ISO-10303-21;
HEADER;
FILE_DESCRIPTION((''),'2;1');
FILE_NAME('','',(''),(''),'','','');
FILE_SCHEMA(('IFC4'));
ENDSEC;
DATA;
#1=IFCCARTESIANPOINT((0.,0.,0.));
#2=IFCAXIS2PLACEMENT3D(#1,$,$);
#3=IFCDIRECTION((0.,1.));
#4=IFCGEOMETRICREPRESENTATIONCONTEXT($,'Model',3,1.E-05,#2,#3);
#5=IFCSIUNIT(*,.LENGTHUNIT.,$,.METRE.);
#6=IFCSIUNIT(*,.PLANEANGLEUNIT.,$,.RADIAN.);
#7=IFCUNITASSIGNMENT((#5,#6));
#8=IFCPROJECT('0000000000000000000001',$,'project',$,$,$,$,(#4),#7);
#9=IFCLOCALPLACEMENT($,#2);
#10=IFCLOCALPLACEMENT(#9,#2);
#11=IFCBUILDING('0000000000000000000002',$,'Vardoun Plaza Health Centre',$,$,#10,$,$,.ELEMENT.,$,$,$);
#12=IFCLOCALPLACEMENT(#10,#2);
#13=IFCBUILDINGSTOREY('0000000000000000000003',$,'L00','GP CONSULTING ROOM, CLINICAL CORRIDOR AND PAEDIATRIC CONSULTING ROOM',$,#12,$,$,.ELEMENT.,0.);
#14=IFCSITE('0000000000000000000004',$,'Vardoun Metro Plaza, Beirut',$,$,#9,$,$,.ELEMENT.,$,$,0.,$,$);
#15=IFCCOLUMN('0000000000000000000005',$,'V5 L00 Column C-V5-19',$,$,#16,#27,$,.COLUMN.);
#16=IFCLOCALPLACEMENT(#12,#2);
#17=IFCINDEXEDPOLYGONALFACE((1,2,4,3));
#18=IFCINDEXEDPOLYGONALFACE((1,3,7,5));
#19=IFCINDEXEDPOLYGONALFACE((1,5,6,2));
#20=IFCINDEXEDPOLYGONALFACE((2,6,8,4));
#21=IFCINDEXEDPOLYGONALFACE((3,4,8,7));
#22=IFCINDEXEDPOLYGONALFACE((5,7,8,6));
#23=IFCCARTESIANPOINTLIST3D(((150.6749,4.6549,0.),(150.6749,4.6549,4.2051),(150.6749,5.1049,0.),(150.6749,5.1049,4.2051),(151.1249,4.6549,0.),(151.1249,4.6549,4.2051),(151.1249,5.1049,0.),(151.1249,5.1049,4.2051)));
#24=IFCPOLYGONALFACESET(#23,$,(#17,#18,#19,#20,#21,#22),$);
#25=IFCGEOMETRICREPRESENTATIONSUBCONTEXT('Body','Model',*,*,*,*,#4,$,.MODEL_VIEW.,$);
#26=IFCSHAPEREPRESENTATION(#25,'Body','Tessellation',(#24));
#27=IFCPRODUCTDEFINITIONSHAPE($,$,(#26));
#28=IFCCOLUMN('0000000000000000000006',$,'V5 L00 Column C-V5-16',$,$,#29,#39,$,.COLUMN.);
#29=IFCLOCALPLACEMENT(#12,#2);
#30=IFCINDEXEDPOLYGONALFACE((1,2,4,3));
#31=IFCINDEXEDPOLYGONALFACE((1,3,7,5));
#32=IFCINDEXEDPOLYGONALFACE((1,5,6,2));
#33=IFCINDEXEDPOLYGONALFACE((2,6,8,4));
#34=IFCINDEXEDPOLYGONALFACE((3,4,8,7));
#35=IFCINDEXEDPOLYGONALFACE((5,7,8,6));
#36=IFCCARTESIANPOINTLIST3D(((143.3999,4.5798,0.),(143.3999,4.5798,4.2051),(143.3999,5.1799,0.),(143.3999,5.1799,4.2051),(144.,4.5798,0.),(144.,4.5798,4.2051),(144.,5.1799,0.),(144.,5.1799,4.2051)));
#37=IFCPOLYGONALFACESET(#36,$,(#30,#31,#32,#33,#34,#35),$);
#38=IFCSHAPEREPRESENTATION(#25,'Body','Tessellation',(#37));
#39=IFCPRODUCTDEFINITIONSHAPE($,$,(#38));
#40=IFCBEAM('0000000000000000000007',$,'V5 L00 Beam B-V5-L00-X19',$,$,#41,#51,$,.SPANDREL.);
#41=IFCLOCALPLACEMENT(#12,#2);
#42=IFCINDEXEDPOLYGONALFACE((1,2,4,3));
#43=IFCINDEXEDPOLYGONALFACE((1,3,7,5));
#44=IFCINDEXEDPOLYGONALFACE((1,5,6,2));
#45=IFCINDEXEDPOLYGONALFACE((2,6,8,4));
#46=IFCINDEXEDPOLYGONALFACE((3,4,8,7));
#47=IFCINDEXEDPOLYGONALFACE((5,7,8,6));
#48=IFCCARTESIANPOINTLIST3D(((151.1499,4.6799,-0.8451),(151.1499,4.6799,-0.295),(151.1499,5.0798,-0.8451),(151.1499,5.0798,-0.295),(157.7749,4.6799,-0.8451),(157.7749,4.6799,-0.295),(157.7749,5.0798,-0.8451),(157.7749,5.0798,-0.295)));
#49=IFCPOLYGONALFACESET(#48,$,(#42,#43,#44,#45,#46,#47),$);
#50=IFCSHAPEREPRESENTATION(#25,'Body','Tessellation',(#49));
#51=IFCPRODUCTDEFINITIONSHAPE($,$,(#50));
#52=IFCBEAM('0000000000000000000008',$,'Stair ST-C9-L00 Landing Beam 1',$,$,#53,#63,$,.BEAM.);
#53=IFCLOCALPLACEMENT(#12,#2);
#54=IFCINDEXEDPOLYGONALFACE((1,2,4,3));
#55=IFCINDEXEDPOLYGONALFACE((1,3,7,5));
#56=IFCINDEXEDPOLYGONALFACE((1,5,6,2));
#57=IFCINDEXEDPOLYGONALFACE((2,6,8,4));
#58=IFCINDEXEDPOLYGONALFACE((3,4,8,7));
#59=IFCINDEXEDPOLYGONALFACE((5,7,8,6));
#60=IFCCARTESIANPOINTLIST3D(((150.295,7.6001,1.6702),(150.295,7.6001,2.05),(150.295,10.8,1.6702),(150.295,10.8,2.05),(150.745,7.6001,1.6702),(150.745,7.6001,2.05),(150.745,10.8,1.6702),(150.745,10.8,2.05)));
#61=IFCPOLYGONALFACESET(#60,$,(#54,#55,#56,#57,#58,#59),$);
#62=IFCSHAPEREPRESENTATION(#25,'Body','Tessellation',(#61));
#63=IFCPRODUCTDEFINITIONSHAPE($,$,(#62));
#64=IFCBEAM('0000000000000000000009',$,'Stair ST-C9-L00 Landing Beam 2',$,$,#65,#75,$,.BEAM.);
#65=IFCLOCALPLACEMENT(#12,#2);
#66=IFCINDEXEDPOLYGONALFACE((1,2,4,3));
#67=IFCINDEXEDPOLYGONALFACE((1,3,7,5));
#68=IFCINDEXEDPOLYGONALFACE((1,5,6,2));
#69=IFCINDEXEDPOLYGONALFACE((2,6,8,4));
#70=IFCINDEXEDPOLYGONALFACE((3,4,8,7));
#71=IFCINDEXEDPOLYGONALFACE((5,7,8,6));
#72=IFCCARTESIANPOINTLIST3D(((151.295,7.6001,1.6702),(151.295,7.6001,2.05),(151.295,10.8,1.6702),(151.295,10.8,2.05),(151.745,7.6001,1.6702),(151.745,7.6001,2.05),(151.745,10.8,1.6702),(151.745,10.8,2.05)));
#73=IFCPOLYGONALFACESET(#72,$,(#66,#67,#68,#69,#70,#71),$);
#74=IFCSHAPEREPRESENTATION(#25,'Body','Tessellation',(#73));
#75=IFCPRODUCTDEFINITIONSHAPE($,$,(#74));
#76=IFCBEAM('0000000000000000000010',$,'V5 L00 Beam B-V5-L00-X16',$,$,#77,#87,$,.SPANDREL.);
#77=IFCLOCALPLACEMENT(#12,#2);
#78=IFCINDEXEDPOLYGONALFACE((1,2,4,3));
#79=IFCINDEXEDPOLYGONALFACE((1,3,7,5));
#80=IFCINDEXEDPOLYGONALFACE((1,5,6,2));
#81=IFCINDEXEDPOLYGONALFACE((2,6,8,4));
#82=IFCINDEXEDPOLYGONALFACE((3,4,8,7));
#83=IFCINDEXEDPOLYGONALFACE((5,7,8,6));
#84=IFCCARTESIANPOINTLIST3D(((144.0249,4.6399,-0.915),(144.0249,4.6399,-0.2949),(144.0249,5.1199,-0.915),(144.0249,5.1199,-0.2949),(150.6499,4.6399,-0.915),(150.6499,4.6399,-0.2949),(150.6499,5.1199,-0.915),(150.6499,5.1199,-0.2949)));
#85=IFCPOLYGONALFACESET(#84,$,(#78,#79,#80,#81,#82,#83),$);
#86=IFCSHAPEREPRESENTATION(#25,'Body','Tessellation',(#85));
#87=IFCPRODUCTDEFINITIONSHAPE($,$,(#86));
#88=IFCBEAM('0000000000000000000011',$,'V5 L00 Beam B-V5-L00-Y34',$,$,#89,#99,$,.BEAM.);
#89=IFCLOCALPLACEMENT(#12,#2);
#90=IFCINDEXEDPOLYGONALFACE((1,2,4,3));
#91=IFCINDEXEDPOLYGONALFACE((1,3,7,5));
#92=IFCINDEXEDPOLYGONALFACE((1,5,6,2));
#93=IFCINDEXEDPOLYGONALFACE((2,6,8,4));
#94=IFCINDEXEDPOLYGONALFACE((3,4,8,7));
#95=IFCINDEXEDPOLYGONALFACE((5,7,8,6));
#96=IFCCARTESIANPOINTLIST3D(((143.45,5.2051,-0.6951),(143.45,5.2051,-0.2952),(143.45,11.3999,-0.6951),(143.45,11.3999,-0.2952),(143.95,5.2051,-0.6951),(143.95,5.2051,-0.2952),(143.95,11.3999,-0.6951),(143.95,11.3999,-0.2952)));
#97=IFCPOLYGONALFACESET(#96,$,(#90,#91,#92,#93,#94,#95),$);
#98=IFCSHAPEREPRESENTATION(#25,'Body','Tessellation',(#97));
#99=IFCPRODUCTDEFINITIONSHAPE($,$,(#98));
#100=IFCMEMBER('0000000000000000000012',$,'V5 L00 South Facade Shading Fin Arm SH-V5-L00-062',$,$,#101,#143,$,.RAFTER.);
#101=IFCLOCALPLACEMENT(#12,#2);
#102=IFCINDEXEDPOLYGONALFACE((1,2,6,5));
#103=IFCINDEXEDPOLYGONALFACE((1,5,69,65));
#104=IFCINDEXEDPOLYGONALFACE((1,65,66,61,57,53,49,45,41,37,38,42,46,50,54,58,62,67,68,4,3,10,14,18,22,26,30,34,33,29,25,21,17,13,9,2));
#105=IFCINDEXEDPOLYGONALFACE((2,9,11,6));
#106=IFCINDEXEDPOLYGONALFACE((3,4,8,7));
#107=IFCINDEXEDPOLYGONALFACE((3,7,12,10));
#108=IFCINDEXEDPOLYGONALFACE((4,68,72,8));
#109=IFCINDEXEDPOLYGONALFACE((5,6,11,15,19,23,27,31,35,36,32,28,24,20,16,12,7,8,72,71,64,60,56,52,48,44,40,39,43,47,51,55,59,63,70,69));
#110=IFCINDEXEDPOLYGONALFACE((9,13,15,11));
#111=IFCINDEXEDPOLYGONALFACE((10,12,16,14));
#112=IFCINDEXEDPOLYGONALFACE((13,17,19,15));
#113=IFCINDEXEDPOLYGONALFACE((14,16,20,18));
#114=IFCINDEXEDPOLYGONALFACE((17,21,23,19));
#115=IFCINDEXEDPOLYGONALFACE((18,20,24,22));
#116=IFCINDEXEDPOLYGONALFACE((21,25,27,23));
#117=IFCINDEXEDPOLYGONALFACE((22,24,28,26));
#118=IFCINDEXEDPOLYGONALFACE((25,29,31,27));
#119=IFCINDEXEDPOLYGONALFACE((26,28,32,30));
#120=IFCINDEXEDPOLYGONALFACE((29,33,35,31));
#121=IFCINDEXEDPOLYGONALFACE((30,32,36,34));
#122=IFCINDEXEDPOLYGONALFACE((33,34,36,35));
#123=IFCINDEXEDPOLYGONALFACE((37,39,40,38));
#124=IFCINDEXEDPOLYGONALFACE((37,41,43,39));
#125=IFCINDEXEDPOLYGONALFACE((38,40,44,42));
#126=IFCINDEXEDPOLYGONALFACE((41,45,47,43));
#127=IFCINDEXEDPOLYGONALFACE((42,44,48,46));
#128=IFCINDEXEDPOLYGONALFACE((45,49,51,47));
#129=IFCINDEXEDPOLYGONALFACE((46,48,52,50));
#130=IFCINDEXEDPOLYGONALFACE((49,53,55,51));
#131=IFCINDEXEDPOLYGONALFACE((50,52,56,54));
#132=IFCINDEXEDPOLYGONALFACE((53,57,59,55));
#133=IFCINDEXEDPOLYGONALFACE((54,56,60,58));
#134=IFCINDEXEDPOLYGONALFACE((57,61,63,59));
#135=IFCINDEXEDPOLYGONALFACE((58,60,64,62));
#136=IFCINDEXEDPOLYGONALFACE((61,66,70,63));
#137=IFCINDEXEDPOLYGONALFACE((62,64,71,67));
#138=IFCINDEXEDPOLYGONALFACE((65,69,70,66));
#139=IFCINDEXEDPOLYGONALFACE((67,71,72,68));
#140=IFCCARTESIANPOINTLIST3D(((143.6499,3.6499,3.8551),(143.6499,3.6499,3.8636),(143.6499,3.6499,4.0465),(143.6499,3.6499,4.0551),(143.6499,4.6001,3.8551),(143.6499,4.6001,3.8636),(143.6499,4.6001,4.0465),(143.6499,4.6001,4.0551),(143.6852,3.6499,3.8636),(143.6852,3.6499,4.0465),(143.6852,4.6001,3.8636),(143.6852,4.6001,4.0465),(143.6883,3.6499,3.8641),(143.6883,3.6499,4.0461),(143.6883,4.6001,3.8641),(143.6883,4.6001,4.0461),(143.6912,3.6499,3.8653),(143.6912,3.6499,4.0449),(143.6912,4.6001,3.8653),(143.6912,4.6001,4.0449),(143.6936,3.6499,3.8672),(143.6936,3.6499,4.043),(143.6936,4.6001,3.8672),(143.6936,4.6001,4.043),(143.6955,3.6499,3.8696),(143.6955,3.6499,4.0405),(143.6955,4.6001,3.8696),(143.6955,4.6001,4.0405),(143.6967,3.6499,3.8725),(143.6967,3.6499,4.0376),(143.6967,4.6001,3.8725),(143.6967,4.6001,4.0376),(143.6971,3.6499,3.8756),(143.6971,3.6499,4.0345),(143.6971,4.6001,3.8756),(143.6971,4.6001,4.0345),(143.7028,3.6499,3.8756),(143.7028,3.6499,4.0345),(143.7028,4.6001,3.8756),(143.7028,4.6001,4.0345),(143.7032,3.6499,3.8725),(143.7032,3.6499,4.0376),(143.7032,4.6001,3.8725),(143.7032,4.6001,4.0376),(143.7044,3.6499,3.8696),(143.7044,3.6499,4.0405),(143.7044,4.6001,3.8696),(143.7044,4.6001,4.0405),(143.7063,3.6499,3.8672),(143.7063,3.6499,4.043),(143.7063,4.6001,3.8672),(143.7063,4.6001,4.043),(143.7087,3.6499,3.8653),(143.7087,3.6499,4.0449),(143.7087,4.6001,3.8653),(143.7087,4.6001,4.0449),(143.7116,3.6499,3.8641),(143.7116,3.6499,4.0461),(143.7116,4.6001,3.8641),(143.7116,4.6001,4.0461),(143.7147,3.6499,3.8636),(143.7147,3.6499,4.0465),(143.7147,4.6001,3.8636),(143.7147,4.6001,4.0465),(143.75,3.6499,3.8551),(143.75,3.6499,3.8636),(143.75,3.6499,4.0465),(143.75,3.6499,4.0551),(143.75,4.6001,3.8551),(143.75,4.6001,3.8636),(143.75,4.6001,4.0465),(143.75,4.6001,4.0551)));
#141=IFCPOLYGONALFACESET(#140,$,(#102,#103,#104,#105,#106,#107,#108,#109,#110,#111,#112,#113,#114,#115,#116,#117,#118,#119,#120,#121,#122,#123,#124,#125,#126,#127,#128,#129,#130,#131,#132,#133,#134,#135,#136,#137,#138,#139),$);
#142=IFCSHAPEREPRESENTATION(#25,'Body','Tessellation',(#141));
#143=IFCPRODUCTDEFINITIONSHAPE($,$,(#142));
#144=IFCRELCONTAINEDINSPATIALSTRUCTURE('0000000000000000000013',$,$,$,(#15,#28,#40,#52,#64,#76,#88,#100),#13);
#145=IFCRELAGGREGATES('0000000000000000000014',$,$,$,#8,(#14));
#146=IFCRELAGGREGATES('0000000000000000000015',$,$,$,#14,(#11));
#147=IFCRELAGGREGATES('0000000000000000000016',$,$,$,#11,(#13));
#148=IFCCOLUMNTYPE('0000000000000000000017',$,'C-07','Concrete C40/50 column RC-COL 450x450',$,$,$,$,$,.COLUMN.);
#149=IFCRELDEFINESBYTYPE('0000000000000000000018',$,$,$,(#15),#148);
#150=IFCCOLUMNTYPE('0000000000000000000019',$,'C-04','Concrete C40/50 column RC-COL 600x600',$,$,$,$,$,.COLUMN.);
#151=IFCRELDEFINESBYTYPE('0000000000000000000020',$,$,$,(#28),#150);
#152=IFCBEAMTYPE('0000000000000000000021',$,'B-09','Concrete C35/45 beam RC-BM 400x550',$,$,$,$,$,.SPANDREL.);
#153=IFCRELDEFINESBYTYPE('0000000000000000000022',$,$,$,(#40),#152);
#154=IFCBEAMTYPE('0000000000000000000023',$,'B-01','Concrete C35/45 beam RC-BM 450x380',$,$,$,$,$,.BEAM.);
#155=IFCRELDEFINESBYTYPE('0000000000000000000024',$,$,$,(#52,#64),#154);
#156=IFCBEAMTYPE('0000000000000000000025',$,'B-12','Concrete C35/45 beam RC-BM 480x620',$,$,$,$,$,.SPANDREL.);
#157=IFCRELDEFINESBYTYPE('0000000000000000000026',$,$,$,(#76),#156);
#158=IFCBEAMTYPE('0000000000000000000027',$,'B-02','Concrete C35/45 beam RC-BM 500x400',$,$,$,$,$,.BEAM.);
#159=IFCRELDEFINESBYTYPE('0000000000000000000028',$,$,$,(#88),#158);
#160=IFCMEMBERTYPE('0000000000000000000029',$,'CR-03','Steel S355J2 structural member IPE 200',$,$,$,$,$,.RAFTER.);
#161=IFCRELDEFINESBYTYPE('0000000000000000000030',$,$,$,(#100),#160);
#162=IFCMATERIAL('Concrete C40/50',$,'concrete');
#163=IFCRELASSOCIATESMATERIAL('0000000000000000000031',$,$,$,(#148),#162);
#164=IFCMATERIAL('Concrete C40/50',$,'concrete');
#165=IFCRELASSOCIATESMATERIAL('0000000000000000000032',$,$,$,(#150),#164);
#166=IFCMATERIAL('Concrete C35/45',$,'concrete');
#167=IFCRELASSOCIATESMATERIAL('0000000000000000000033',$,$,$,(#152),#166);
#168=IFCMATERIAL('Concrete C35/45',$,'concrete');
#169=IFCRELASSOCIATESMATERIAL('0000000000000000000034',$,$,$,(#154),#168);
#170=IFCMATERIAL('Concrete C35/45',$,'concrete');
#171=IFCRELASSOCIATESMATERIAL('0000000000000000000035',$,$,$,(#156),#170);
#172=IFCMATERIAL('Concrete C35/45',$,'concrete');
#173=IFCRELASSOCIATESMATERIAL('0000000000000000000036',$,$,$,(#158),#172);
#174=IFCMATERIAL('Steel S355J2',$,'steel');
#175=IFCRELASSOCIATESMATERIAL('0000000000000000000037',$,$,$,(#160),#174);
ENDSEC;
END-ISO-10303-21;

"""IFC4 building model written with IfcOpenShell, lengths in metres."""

from ifc_helpers import new_model, si_unit, direction, frame, origin, origin_2d, place, context, subcontext, project, spatial, rectangle, i_section, extrude, material, material_profile, profile_set, type_object, element, save


model = new_model("IFC4")

# Units and contexts
model_context = context("Model", 3, precision=1e-05, world=origin(), true_north=direction((0.0, 1.0)))
body_context = subcontext(model_context, "Body", "Model", "MODEL_VIEW")
ifc_project = project(units=[si_unit("LENGTHUNIT", "METRE"), si_unit("PLANEANGLEUNIT", "RADIAN")], contexts=[model_context])

# Site, building, storey
site_placement = place(None, origin())
site = spatial("IfcSite", under=ifc_project, at=site_placement, Name="Vardoun Metro Plaza, Beirut", CompositionType="ELEMENT", RefElevation=0.0)
building_placement = place(site_placement, origin())
building = spatial("IfcBuilding", under=site, at=building_placement, Name="Vardoun Plaza Health Centre", CompositionType="ELEMENT")
storey_placement = place(building_placement, origin())
storey = spatial("IfcBuildingStorey", under=building, at=storey_placement, Name="L00", Description="GP CONSULTING ROOM, CLINICAL CORRIDOR AND PAEDIATRIC CONSULTING ROOM", CompositionType="ELEMENT", Elevation=0.0)

# Columns
ifc_material_1 = material(Name="Concrete C40/50", Category="concrete")
ifc_material_profile_1 = material_profile(ifc_material_1, rectangle(XDim=0.45, YDim=0.45, at=origin_2d()), Name="RC-COL 450x450")
ifc_profile_set_1 = profile_set([ifc_material_profile_1], Name="Concrete C40/50")
column_type_1 = type_object("IfcColumnType", Name="C-07", Description="Concrete C40/50 column RC-COL 450x450", PredefinedType="COLUMN", material=ifc_profile_set_1)
column_1_placement = place(storey_placement, frame((150.8999, 4.8799, 0.0), z_axis=(0.0, 0.0, 1.0), x_axis=(1.0, 0.0, 0.0)))
element("IfcColumn", 1, at=column_1_placement, inside=storey, type_object=column_type_1, Name="V5 L00 Column C-V5-19", PredefinedType="COLUMN", context=body_context, shape_type="SweptSolid", body=[
    extrude(rectangle(XDim=0.45, YDim=0.45, at=origin_2d()), origin(), (0.0, 0.0, 1.0), 4.2051),
])
ifc_material_2 = material(Name="Concrete C40/50", Category="concrete")
ifc_material_profile_2 = material_profile(ifc_material_2, rectangle(XDim=0.6001, YDim=0.6001, at=origin_2d()), Name="RC-COL 600x600")
ifc_profile_set_2 = profile_set([ifc_material_profile_2], Name="Concrete C40/50")
column_type_2 = type_object("IfcColumnType", Name="C-04", Description="Concrete C40/50 column RC-COL 600x600", PredefinedType="COLUMN", material=ifc_profile_set_2)
column_2_placement = place(storey_placement, frame((143.7, 4.8799, 0.0), z_axis=(0.0, 0.0, 1.0), x_axis=(1.0, 0.0, 0.0)))
element("IfcColumn", 2, at=column_2_placement, inside=storey, type_object=column_type_2, Name="V5 L00 Column C-V5-16", PredefinedType="COLUMN", context=body_context, shape_type="SweptSolid", body=[
    extrude(rectangle(XDim=0.6001, YDim=0.6001, at=origin_2d()), origin(), (0.0, 0.0, 1.0), 4.2051),
])

# Beams
ifc_material_3 = material(Name="Concrete C35/45", Category="concrete")
ifc_material_profile_3 = material_profile(ifc_material_3, rectangle(XDim=0.3999, YDim=0.55, at=origin_2d()), Name="RC-BM 400x550")
ifc_profile_set_3 = profile_set([ifc_material_profile_3], Name="Concrete C35/45")
beam_type_1 = type_object("IfcBeamType", Name="B-09", Description="Concrete C35/45 beam RC-BM 400x550", PredefinedType="SPANDREL", material=ifc_profile_set_3)
beam_1_placement = place(storey_placement, frame((151.1499, 4.8799, -0.5701), z_axis=(1.0, 0.0, 0.0), x_axis=(0.0, 1.0, 0.0)))
element("IfcBeam", 3, at=beam_1_placement, inside=storey, type_object=beam_type_1, Name="V5 L00 Beam B-V5-L00-X19", PredefinedType="SPANDREL", context=body_context, shape_type="SweptSolid", body=[
    extrude(rectangle(XDim=0.3999, YDim=0.55, at=origin_2d()), origin(), (0.0, 0.0, 1.0), 6.625),
])
ifc_material_4 = material(Name="Concrete C35/45", Category="concrete")
ifc_material_profile_4 = material_profile(ifc_material_4, rectangle(XDim=0.45, YDim=0.3799, at=origin_2d()), Name="RC-BM 450x380")
ifc_profile_set_4 = profile_set([ifc_material_profile_4], Name="Concrete C35/45")
beam_type_2 = type_object("IfcBeamType", Name="B-01", Description="Concrete C35/45 beam RC-BM 450x380", PredefinedType="BEAM", material=ifc_profile_set_4)
for number, where, z_axis, x_axis, name in (
    (4, (150.52, 7.6001, 1.8601), (0.0, 1.0, 0.0), (-1.0, 0.0, 0.0), "Stair ST-C9-L00 Landing Beam 1"),
    (5, (151.52, 7.6001, 1.8601), (0.0, 1.0, 0.0), (-1.0, 0.0, 0.0), "Stair ST-C9-L00 Landing Beam 2"),
):
    element("IfcBeam", number, at=place(storey_placement, frame(where, z_axis=z_axis, x_axis=x_axis)), inside=storey, type_object=beam_type_2, Name=name, PredefinedType="BEAM", context=body_context, shape_type="SweptSolid", body=[
        extrude(rectangle(XDim=0.45, YDim=0.3799, at=origin_2d()), origin(), (0.0, 0.0, 1.0), 3.2),
    ])
ifc_material_5 = material(Name="Concrete C35/45", Category="concrete")
ifc_material_profile_5 = material_profile(ifc_material_5, rectangle(XDim=0.48, YDim=0.6201, at=origin_2d()), Name="RC-BM 480x620")
ifc_profile_set_5 = profile_set([ifc_material_profile_5], Name="Concrete C35/45")
beam_type_3 = type_object("IfcBeamType", Name="B-12", Description="Concrete C35/45 beam RC-BM 480x620", PredefinedType="SPANDREL", material=ifc_profile_set_5)
beam_2_placement = place(storey_placement, frame((144.0249, 4.8799, -0.605), z_axis=(1.0, 0.0, 0.0), x_axis=(0.0, 1.0, 0.0)))
element("IfcBeam", 6, at=beam_2_placement, inside=storey, type_object=beam_type_3, Name="V5 L00 Beam B-V5-L00-X16", PredefinedType="SPANDREL", context=body_context, shape_type="SweptSolid", body=[
    extrude(rectangle(XDim=0.48, YDim=0.6201, at=origin_2d()), origin(), (0.0, 0.0, 1.0), 6.625),
])
ifc_material_6 = material(Name="Concrete C35/45", Category="concrete")
ifc_material_profile_6 = material_profile(ifc_material_6, rectangle(XDim=0.5, YDim=0.3999, at=origin_2d()), Name="RC-BM 500x400")
ifc_profile_set_6 = profile_set([ifc_material_profile_6], Name="Concrete C35/45")
beam_type_4 = type_object("IfcBeamType", Name="B-02", Description="Concrete C35/45 beam RC-BM 500x400", PredefinedType="BEAM", material=ifc_profile_set_6)
beam_3_placement = place(storey_placement, frame((143.7, 5.2051, -0.4951), z_axis=(0.0, 1.0, 0.0), x_axis=(-1.0, 0.0, 0.0)))
element("IfcBeam", 7, at=beam_3_placement, inside=storey, type_object=beam_type_4, Name="V5 L00 Beam B-V5-L00-Y34", PredefinedType="BEAM", context=body_context, shape_type="SweptSolid", body=[
    extrude(rectangle(XDim=0.5, YDim=0.3999, at=origin_2d()), origin(), (0.0, 0.0, 1.0), 6.1948),
])

# Member
ifc_material_7 = material(Name="Steel S355J2", Category="steel")
ifc_material_profile_7 = material_profile(ifc_material_7, i_section(OverallWidth=0.1001, OverallDepth=0.2, WebThickness=0.0056, FlangeThickness=0.0085, FilletRadius=0.012, at=origin_2d()), Name="IPE 200")
ifc_profile_set_7 = profile_set([ifc_material_profile_7], Name="Steel S355J2")
member_type_1 = type_object("IfcMemberType", Name="CR-03", Description="Steel S355J2 structural member IPE 200", PredefinedType="RAFTER", material=ifc_profile_set_7)
member_1_placement = place(storey_placement, frame((143.7, 4.6001, 3.9551), z_axis=(0.0, -1.0, 0.0), x_axis=(1.0, 0.0, 0.0)))
element("IfcMember", 8, at=member_1_placement, inside=storey, type_object=member_type_1, Name="V5 L00 South Facade Shading Fin Arm SH-V5-L00-062", PredefinedType="RAFTER", context=body_context, shape_type="SweptSolid", body=[
    extrude(i_section(OverallWidth=0.1001, OverallDepth=0.2, WebThickness=0.0056, FlangeThickness=0.0085, FilletRadius=0.012, at=origin_2d()), origin(), (0.0, 0.0, 1.0), 0.9502),
])

save(model, "model.ifc")
